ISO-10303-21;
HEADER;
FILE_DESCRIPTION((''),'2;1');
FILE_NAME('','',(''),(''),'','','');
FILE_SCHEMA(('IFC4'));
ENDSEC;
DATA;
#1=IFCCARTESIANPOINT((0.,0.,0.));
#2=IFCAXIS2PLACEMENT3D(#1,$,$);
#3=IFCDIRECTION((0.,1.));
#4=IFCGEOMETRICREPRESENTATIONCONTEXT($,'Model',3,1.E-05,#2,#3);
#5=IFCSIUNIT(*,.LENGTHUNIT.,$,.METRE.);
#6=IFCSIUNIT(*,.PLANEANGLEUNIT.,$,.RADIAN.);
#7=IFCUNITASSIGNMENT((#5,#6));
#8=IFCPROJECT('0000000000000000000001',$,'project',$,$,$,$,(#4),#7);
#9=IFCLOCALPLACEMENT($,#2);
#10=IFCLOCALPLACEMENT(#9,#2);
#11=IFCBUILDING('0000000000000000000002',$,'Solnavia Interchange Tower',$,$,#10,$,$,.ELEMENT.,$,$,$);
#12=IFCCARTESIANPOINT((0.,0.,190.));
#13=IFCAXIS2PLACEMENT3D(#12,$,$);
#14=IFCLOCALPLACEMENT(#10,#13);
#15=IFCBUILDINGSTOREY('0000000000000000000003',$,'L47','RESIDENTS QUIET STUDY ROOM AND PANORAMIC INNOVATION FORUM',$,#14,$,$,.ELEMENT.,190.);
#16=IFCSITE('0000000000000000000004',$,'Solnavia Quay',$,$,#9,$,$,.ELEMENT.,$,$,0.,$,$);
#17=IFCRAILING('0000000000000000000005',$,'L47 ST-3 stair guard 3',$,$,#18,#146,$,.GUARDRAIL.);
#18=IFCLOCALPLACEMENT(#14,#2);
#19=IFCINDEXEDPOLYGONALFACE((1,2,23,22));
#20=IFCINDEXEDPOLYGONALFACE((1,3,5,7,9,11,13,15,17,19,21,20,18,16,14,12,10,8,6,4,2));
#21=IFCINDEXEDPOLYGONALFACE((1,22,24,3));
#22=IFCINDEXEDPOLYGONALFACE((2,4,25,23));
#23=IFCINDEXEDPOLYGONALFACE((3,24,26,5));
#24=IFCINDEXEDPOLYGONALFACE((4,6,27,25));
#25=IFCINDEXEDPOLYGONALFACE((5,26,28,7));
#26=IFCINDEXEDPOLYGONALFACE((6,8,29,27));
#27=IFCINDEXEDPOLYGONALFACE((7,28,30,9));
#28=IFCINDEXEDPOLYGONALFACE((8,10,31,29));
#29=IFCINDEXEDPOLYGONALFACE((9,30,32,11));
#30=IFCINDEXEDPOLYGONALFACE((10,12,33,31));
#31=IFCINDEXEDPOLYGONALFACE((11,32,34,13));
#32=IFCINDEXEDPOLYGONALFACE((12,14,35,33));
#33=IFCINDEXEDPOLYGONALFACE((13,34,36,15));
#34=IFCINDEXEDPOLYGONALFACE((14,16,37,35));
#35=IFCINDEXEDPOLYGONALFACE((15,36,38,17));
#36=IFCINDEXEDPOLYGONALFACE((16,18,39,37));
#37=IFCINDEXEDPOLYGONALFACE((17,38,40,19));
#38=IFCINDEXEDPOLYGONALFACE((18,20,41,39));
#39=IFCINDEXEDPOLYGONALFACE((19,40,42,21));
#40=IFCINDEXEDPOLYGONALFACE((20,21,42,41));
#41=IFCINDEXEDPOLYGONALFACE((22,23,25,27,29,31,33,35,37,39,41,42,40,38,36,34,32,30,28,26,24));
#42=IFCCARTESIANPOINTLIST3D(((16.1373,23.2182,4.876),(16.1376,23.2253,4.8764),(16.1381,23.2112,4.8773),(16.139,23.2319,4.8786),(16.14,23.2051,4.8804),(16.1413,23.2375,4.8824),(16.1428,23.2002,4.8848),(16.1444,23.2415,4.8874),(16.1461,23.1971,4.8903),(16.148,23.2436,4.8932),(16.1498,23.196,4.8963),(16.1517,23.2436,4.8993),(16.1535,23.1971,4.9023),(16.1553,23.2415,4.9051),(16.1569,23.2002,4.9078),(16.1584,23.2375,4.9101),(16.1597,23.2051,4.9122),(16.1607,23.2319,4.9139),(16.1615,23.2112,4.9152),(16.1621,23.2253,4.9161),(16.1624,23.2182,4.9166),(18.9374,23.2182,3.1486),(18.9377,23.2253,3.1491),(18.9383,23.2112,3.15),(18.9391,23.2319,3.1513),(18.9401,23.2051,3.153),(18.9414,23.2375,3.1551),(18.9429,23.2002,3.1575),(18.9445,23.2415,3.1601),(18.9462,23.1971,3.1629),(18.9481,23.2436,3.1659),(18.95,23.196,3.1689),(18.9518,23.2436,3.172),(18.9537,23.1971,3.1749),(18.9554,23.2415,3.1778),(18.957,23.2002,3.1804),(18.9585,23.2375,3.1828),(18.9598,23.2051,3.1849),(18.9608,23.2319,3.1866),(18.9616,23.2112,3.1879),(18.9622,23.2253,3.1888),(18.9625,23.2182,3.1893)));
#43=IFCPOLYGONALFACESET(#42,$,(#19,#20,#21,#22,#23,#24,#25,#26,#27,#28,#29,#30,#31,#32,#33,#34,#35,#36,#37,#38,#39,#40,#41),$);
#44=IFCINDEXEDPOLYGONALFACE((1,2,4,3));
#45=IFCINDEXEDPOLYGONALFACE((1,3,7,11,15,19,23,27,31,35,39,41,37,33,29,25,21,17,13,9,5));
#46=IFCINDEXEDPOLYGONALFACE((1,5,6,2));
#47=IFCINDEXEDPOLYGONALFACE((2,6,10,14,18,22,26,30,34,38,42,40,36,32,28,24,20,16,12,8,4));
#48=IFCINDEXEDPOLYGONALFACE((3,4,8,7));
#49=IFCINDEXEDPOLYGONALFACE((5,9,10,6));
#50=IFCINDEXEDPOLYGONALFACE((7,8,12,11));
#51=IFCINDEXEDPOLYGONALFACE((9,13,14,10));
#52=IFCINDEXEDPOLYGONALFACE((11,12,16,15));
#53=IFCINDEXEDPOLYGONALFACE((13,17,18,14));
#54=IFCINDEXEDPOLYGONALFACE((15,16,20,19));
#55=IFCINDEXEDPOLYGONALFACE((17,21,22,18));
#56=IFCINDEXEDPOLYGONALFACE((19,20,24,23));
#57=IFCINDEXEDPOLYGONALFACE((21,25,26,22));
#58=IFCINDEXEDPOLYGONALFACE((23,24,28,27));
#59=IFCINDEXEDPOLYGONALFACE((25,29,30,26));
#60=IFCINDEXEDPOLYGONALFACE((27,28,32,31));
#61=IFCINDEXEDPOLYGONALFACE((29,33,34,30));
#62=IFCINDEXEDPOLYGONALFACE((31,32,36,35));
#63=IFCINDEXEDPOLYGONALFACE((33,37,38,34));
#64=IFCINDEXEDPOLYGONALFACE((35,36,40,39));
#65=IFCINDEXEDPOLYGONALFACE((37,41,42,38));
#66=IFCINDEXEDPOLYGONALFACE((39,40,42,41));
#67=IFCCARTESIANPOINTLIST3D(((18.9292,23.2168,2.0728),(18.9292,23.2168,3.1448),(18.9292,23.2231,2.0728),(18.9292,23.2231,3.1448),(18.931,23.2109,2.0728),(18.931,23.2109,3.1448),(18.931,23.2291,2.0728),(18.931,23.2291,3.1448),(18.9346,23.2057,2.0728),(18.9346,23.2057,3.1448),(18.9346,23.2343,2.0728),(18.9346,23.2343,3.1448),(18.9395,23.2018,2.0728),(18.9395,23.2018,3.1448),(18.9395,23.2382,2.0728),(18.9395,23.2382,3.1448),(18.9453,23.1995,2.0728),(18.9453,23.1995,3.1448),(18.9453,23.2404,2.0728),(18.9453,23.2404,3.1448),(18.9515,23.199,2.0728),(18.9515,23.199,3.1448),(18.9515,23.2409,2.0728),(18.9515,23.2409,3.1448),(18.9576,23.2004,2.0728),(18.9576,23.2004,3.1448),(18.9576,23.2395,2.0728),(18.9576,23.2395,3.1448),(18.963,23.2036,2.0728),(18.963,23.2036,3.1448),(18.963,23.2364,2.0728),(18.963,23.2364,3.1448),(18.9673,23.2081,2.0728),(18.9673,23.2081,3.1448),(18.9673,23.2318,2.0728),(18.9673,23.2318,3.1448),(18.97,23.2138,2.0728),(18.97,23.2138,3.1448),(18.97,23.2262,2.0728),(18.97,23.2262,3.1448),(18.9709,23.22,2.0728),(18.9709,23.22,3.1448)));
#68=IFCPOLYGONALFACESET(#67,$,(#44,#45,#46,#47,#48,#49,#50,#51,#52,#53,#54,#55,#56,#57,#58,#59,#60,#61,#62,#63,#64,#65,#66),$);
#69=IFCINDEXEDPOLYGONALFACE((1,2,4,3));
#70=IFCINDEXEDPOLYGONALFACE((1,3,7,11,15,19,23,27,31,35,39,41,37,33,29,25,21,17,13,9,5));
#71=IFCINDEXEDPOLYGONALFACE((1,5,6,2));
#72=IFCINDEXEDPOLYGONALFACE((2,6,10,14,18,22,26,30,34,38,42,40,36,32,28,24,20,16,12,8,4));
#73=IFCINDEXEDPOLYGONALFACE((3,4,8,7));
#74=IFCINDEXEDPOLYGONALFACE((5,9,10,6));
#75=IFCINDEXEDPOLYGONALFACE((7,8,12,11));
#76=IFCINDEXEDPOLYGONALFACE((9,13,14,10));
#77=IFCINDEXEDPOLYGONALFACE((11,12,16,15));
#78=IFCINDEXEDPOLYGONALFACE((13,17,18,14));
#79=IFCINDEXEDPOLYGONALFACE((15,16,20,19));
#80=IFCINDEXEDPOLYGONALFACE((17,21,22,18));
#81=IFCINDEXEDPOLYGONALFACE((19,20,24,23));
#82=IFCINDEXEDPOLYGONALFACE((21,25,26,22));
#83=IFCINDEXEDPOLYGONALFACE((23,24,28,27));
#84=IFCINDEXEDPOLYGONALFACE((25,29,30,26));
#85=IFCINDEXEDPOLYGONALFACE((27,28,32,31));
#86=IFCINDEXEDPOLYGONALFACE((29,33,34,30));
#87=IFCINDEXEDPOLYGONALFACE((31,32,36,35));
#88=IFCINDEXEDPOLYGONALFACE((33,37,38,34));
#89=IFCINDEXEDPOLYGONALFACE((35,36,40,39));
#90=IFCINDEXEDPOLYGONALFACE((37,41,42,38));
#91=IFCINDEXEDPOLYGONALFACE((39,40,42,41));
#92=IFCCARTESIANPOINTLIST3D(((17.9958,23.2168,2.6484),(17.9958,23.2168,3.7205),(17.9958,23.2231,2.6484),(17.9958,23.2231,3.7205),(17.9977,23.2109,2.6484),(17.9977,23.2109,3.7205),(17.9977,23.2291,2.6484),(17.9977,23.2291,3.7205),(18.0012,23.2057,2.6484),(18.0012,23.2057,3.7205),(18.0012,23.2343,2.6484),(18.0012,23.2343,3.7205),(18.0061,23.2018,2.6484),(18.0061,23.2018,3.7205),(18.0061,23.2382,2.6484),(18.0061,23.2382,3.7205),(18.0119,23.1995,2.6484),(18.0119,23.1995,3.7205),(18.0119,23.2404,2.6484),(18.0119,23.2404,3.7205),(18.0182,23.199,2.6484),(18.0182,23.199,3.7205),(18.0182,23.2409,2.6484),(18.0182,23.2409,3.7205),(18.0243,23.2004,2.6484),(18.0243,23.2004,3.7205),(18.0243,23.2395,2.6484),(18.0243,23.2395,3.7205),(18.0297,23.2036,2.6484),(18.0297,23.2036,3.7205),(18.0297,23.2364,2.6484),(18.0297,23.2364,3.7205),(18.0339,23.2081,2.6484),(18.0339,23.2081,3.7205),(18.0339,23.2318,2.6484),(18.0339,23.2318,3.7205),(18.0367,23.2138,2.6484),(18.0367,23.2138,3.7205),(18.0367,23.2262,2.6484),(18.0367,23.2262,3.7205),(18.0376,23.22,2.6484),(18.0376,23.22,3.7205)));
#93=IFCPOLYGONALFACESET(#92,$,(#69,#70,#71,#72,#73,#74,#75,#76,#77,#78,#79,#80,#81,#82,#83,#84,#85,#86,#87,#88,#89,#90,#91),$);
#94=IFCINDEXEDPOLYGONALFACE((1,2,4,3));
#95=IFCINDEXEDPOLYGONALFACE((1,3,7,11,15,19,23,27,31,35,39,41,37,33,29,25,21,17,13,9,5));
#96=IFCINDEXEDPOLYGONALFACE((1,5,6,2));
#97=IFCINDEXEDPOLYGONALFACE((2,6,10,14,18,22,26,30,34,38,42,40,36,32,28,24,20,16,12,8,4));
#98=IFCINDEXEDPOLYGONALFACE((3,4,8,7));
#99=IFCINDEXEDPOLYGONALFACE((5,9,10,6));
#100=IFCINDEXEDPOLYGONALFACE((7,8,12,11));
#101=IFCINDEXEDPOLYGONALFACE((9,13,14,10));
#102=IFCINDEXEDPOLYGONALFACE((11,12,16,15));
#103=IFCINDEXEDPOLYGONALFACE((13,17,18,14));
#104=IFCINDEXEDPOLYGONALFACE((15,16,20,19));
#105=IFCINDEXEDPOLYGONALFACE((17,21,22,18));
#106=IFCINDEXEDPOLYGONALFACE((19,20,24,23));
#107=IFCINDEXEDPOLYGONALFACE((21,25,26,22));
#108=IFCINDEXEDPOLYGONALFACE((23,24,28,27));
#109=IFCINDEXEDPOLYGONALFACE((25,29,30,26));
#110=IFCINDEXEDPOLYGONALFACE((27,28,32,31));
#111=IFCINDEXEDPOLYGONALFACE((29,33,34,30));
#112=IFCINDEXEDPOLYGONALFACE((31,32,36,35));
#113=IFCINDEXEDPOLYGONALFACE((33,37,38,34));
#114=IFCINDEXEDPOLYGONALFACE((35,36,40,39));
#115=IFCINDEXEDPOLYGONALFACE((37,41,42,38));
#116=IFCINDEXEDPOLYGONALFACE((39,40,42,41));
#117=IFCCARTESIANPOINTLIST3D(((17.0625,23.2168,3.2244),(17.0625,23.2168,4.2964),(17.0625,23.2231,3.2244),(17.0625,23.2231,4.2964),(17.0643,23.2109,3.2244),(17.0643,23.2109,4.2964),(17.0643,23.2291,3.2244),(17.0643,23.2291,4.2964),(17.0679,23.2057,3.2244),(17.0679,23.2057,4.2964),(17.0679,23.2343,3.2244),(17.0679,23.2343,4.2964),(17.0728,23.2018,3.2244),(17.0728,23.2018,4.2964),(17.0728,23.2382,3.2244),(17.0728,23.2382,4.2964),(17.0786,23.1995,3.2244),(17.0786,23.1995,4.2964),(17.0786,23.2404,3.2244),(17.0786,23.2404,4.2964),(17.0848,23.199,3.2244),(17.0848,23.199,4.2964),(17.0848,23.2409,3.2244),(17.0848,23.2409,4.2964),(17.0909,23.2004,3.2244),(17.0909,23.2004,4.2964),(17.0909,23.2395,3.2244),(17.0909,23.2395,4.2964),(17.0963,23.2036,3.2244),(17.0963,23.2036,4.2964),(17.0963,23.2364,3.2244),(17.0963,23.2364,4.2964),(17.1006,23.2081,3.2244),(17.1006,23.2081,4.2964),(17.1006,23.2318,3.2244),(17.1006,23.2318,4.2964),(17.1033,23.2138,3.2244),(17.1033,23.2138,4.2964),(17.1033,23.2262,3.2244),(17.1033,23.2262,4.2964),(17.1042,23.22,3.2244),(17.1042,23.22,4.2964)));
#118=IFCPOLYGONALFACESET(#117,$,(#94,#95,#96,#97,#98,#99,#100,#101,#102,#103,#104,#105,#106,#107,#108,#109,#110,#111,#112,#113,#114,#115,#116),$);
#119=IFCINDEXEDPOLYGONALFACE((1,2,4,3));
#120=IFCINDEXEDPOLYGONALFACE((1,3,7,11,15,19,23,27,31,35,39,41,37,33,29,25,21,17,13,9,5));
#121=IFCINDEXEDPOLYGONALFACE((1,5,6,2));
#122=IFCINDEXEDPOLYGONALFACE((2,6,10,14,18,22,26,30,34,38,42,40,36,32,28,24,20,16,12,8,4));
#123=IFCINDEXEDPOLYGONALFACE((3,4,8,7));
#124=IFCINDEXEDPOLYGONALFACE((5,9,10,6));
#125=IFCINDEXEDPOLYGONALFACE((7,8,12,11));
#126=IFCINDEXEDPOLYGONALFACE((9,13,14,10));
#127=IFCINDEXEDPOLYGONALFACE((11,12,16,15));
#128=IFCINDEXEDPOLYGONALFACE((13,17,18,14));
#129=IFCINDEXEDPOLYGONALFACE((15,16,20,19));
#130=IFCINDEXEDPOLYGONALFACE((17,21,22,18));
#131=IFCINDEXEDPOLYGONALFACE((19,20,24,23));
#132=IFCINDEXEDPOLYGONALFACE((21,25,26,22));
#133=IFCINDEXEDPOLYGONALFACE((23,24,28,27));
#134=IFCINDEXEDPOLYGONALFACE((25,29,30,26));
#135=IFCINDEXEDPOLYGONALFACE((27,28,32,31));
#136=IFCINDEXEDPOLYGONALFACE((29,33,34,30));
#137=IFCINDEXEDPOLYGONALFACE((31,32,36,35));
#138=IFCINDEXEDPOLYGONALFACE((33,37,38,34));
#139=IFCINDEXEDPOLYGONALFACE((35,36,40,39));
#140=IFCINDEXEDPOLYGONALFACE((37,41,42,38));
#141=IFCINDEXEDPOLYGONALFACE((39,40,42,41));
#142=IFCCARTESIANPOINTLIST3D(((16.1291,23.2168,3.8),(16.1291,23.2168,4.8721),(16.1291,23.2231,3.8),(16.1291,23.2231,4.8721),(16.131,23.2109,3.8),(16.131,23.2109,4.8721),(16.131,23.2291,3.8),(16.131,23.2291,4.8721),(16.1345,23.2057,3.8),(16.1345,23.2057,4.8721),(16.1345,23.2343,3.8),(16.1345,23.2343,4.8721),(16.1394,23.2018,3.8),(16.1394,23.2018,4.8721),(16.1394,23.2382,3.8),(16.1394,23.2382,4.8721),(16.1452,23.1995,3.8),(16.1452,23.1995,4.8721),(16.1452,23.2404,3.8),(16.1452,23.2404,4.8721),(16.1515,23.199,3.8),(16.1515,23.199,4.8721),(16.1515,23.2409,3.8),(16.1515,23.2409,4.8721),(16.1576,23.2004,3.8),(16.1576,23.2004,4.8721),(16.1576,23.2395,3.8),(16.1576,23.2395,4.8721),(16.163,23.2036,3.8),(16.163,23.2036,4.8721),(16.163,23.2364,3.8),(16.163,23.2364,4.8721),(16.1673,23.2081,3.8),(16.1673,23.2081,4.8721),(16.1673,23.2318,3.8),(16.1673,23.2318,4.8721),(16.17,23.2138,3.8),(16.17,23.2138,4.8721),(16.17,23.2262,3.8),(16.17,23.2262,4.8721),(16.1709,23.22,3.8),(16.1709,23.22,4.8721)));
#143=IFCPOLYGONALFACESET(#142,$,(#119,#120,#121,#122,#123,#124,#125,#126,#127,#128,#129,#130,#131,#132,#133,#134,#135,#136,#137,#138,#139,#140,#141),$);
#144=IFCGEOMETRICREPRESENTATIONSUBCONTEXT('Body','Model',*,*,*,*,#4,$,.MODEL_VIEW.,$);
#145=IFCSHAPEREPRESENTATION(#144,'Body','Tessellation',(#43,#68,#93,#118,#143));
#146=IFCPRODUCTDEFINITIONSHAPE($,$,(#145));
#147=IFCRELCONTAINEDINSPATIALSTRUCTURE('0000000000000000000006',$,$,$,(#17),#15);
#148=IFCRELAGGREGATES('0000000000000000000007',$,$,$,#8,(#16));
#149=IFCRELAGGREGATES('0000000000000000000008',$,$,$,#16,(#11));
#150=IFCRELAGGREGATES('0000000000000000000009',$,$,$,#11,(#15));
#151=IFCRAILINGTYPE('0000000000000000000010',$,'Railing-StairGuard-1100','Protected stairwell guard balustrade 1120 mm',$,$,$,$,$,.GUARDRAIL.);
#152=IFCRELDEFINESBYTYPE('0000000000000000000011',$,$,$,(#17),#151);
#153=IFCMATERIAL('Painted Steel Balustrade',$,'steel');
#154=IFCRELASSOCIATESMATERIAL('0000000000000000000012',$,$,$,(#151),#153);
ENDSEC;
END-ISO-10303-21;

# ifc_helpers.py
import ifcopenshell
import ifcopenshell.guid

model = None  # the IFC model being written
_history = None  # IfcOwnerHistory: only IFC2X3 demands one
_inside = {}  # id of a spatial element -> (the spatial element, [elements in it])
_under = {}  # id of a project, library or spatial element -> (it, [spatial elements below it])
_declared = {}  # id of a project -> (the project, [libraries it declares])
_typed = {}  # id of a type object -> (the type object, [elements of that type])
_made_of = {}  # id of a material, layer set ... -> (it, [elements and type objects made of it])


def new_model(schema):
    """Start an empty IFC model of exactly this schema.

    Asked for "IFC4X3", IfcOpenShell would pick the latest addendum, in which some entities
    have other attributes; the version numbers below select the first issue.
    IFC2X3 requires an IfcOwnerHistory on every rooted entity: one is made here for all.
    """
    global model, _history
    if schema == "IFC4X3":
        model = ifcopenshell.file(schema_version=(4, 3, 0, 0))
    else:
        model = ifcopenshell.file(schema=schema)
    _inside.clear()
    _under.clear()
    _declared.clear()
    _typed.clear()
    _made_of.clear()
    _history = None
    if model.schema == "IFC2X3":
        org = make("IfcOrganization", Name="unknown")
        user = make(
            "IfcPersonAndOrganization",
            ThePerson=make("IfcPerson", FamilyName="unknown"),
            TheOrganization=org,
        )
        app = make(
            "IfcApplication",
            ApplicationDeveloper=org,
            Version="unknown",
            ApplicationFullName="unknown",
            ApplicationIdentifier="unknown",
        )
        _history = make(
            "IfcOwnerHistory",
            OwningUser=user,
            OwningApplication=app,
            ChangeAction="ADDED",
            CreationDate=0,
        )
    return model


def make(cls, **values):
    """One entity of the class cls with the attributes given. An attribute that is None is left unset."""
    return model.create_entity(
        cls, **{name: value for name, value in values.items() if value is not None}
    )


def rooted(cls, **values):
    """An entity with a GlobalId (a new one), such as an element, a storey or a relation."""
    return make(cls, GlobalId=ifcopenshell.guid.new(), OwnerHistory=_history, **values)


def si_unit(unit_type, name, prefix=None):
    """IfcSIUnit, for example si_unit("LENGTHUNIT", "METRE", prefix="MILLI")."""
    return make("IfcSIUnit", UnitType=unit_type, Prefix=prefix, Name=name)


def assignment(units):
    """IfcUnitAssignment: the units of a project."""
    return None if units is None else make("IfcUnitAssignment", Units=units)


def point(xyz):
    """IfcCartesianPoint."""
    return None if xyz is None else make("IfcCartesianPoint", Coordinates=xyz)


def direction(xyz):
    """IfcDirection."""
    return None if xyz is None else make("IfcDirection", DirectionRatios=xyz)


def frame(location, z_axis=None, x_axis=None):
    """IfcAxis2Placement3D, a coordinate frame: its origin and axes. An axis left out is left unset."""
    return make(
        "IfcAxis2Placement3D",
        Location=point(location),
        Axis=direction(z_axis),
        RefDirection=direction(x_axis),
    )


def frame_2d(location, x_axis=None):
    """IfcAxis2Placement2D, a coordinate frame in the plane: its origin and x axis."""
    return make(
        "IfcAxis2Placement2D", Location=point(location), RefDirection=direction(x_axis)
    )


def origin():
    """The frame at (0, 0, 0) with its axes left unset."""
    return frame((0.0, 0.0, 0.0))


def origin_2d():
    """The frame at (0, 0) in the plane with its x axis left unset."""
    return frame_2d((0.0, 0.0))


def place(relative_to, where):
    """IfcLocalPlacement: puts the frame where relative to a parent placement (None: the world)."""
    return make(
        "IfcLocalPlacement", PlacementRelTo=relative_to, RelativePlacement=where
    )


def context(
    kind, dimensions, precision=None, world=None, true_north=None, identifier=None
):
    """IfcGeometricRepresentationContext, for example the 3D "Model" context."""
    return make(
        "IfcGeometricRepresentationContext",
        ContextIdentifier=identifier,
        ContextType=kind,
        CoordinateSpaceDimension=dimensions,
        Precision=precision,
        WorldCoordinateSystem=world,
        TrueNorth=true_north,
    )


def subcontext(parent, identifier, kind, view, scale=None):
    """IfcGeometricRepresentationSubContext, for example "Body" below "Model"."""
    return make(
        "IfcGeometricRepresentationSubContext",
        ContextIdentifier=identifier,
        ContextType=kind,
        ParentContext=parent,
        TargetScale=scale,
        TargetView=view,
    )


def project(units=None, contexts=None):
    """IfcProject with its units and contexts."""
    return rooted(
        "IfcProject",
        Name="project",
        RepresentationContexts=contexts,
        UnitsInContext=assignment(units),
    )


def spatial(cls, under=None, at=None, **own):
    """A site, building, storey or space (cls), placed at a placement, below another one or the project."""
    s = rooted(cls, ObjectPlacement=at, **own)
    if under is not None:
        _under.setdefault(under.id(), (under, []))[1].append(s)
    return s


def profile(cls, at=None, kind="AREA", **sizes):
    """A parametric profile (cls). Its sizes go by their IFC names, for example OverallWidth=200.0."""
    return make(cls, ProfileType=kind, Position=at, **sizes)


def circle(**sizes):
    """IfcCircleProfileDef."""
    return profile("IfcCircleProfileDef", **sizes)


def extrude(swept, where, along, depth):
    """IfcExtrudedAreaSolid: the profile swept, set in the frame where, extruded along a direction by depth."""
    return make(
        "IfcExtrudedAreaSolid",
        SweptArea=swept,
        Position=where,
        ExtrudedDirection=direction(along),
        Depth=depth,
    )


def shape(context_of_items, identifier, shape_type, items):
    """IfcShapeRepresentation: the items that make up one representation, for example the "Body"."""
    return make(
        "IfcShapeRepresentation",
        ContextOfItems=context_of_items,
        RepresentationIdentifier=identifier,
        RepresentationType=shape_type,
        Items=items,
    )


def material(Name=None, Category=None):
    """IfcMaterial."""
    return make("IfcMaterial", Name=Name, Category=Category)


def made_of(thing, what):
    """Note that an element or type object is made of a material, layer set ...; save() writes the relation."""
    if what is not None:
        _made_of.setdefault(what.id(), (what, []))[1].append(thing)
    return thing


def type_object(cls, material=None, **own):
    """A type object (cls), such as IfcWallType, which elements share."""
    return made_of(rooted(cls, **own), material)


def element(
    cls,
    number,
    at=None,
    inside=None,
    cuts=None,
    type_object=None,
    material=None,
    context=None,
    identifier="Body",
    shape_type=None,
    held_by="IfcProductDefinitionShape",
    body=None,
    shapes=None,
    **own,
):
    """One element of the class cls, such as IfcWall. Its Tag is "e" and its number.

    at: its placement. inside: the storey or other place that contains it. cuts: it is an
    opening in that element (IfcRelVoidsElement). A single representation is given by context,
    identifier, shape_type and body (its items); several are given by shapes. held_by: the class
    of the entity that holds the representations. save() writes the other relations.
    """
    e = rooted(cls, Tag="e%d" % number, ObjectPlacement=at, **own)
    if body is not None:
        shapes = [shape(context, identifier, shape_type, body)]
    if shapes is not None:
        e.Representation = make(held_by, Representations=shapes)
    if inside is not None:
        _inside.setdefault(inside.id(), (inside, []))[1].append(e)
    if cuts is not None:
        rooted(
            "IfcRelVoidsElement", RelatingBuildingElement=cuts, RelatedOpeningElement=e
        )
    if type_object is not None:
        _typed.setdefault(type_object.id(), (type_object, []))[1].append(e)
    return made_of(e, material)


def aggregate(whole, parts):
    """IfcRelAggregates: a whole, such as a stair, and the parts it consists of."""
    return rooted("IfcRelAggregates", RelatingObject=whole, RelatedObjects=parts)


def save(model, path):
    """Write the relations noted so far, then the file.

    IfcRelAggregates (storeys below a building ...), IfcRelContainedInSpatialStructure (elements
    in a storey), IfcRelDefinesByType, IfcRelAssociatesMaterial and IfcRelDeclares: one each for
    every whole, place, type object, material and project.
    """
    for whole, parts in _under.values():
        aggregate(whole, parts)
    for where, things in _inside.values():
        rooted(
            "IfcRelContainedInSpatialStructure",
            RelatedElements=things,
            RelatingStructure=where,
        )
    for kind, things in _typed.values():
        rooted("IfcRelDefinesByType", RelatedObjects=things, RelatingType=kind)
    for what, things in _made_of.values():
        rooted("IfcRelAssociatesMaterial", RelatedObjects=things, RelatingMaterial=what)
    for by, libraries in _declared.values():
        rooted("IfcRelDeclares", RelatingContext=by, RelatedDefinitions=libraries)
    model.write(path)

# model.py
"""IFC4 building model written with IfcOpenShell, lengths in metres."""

from ifc_helpers import new_model, si_unit, direction, frame, origin, origin_2d, place, context, subcontext, project, spatial, circle, extrude, material, type_object, element, save


model = new_model("IFC4")

# Units and contexts
model_context = context("Model", 3, precision=1e-05, world=origin(), true_north=direction((0.0, 1.0)))
body_context = subcontext(model_context, "Body", "Model", "MODEL_VIEW")
ifc_project = project(units=[si_unit("LENGTHUNIT", "METRE"), si_unit("PLANEANGLEUNIT", "RADIAN")], contexts=[model_context])

# Site, building, storey
site_placement = place(None, origin())
site = spatial("IfcSite", under=ifc_project, at=site_placement, Name="Solnavia Quay", CompositionType="ELEMENT", RefElevation=0.0)
building_placement = place(site_placement, origin())
building = spatial("IfcBuilding", under=site, at=building_placement, Name="Solnavia Interchange Tower", CompositionType="ELEMENT")
storey_placement = place(building_placement, frame((0.0, 0.0, 190.0)))
storey = spatial("IfcBuildingStorey", under=building, at=storey_placement, Name="L47", Description="RESIDENTS QUIET STUDY ROOM AND PANORAMIC INNOVATION FORUM", CompositionType="ELEMENT", Elevation=190.0)

# Railing
ifc_material_1 = material(Name="Painted Steel Balustrade", Category="steel")
railing_type_1 = type_object("IfcRailingType", Name="Railing-StairGuard-1100", Description="Protected stairwell guard balustrade 1120 mm", PredefinedType="GUARDRAIL", material=ifc_material_1)
railing_1_placement = place(storey_placement, frame((18.95, 23.22, 2.0728)))
element("IfcRailing", 1, at=railing_1_placement, inside=storey, type_object=railing_type_1, Name="L47 ST-3 stair guard 3", PredefinedType="GUARDRAIL", context=body_context, shape_type="SweptSolid", body=[
    extrude(circle(Radius=0.0239, at=origin_2d()), frame((0.0, 0.0, 1.0962), z_axis=(-0.85109, 0.0, 0.52502), x_axis=(0.0, -1.0, 0.0)), (0.0, 0.0, 1.0), 3.29),
    extrude(circle(Radius=0.021, at=origin_2d()), origin(), (0.0, 0.0, 1.0), 1.072),
    extrude(circle(Radius=0.021, at=origin_2d()), frame((-0.9333, 0.0, 0.5757)), (0.0, 0.0, 1.0), 1.072),
    extrude(circle(Radius=0.021, at=origin_2d()), frame((-1.8667, 0.0, 1.1516)), (0.0, 0.0, 1.0), 1.072),
    extrude(circle(Radius=0.021, at=origin_2d()), frame((-2.8, 0.0, 1.7273)), (0.0, 0.0, 1.0), 1.072),
])

save(model, "model.ifc")
